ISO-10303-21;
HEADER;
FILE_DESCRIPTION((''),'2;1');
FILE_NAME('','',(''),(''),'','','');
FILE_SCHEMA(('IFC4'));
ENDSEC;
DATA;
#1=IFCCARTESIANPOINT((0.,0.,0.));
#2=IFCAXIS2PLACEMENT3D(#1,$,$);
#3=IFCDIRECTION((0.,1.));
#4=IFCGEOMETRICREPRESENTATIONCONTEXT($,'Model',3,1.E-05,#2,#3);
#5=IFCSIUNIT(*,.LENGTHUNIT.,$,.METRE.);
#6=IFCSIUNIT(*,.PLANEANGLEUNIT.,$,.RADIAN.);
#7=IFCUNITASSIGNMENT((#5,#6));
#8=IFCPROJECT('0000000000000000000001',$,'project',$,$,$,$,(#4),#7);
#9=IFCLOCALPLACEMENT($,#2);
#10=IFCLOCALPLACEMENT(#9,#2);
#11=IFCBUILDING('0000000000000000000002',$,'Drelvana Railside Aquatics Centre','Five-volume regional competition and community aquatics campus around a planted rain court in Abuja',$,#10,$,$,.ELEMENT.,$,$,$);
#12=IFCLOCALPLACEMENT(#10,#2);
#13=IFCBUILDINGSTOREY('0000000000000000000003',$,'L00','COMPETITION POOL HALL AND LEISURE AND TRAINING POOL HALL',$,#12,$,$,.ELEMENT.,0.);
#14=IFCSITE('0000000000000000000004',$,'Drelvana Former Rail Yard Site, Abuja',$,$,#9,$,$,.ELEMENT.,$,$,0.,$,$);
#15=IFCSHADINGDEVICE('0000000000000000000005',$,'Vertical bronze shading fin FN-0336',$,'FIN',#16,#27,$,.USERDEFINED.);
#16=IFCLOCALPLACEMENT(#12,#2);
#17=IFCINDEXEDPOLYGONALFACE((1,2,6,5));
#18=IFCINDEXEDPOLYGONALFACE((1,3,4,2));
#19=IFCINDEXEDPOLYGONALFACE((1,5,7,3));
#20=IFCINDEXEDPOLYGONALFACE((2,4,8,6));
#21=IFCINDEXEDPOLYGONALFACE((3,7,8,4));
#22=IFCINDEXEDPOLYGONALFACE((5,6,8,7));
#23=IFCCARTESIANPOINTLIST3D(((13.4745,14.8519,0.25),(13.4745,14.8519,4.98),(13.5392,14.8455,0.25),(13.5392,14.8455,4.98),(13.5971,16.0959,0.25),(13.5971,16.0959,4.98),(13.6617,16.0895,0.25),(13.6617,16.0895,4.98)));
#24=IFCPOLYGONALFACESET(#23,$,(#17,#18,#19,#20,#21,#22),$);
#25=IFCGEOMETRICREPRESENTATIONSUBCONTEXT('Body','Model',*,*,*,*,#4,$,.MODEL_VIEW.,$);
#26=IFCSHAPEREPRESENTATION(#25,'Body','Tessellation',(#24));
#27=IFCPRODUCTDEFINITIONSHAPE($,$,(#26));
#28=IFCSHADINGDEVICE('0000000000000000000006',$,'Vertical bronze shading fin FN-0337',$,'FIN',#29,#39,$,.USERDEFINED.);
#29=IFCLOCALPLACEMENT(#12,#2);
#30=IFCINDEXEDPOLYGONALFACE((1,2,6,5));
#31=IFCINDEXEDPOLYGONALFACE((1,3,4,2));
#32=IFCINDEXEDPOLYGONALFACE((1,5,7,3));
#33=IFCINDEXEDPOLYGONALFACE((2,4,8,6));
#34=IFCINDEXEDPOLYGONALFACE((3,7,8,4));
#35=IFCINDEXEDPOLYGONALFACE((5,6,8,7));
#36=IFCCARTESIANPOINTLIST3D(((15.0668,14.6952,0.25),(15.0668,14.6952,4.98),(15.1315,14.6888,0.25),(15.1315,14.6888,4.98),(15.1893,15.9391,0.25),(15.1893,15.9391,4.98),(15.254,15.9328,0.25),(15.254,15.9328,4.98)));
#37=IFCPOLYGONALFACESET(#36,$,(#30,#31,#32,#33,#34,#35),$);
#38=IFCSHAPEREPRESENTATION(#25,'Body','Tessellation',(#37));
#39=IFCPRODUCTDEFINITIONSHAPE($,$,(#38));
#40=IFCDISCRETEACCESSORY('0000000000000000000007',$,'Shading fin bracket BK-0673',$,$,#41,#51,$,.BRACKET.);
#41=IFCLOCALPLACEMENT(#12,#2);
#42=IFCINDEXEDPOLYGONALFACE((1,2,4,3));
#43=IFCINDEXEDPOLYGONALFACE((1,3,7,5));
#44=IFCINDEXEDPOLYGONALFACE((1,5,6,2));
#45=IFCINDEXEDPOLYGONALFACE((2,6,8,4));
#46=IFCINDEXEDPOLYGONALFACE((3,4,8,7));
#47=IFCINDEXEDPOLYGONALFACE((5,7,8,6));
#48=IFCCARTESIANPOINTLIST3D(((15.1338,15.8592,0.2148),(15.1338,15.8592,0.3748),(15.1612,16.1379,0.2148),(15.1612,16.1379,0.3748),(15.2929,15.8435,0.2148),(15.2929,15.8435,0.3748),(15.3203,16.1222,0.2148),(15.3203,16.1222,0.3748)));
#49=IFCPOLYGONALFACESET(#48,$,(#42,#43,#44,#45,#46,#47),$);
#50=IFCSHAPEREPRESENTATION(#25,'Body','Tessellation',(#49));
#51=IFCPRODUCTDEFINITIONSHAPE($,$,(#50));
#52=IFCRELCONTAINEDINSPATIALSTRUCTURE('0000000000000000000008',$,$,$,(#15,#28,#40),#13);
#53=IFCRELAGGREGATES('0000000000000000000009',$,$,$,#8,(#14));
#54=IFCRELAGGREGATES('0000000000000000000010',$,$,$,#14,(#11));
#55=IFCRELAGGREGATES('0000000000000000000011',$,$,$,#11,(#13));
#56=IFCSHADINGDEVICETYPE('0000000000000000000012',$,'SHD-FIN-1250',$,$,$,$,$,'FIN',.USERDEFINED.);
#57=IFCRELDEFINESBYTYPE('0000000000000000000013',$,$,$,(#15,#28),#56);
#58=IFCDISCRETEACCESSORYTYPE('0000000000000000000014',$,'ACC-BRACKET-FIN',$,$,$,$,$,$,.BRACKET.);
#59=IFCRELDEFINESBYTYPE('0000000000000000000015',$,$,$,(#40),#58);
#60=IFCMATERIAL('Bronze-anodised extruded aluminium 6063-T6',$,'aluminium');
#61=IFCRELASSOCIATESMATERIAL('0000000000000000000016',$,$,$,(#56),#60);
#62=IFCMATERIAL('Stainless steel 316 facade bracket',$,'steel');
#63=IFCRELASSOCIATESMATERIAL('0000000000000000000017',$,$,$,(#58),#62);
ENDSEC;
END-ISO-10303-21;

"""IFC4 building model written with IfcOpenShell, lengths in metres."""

from ifc_helpers import new_model, si_unit, direction, frame, origin, origin_2d, place, context, subcontext, project, spatial, rectangle, extrude, material, type_object, element, save


model = new_model("IFC4")

# Units and contexts
model_context = context("Model", 3, precision=1e-05, world=origin(), true_north=direction((0.0, 1.0)))
body_context = subcontext(model_context, "Body", "Model", "MODEL_VIEW")
ifc_project = project(units=[si_unit("LENGTHUNIT", "METRE"), si_unit("PLANEANGLEUNIT", "RADIAN")], contexts=[model_context])

# Site, building, storey
site_placement = place(None, origin())
site = spatial("IfcSite", under=ifc_project, at=site_placement, Name="Drelvana Former Rail Yard Site, Abuja", CompositionType="ELEMENT", RefElevation=0.0)
building_placement = place(site_placement, origin())
building = spatial("IfcBuilding", under=site, at=building_placement, Name="Drelvana Railside Aquatics Centre", Description="Five-volume regional competition and community aquatics campus around a planted rain court in Abuja", CompositionType="ELEMENT")
storey_placement = place(building_placement, origin())
storey = spatial("IfcBuildingStorey", under=building, at=storey_placement, Name="L00", Description="COMPETITION POOL HALL AND LEISURE AND TRAINING POOL HALL", CompositionType="ELEMENT", Elevation=0.0)

# Shared definitions
ifc_material_1 = material(Name="Bronze-anodised extruded aluminium 6063-T6", Category="aluminium")

# Shading devices
shading_device_type = type_object("IfcShadingDeviceType", Name="SHD-FIN-1250", ElementType="FIN", PredefinedType="USERDEFINED", material=ifc_material_1)
for number, where, z_axis, x_axis, name in (
    (1, (13.5681, 15.4707, 0.25), (0.0, 0.0, 1.0), (-0.098017, -0.995185, 0.0), "Vertical bronze shading fin FN-0336"),
    (2, (15.1604, 15.314, 0.25), (0.0, 0.0, 1.0), (-0.098017, -0.995185, 0.0), "Vertical bronze shading fin FN-0337"),
):
    element("IfcShadingDevice", number, at=place(storey_placement, frame(where, z_axis=z_axis, x_axis=x_axis)), inside=storey, type_object=shading_device_type, Name=name, ObjectType="FIN", PredefinedType="USERDEFINED", context=body_context, shape_type="SweptSolid", body=[
        extrude(rectangle(XDim=1.25, YDim=0.0649, at=origin_2d()), origin(), (0.0, 0.0, 1.0), 4.73),
    ])

# Discrete accessory
ifc_material_2 = material(Name="Stainless steel 316 facade bracket", Category="steel")
discrete_accessory_type = type_object("IfcDiscreteAccessoryType", Name="ACC-BRACKET-FIN", PredefinedType="BRACKET", material=ifc_material_2)
discrete_accessory_placement = place(storey_placement, frame((15.2271, 15.9907, 0.2148), z_axis=(0.0, 0.0, 1.0), x_axis=(-0.098017, -0.995185, 0.0)))
element("IfcDiscreteAccessory", 3, at=discrete_accessory_placement, inside=storey, type_object=discrete_accessory_type, Name="Shading fin bracket BK-0673", PredefinedType="BRACKET", context=body_context, shape_type="SweptSolid", body=[
    extrude(rectangle(XDim=0.28, YDim=0.1599, at=origin_2d()), origin(), (0.0, 0.0, 1.0), 0.1599),
])

save(model, "model.ifc")
